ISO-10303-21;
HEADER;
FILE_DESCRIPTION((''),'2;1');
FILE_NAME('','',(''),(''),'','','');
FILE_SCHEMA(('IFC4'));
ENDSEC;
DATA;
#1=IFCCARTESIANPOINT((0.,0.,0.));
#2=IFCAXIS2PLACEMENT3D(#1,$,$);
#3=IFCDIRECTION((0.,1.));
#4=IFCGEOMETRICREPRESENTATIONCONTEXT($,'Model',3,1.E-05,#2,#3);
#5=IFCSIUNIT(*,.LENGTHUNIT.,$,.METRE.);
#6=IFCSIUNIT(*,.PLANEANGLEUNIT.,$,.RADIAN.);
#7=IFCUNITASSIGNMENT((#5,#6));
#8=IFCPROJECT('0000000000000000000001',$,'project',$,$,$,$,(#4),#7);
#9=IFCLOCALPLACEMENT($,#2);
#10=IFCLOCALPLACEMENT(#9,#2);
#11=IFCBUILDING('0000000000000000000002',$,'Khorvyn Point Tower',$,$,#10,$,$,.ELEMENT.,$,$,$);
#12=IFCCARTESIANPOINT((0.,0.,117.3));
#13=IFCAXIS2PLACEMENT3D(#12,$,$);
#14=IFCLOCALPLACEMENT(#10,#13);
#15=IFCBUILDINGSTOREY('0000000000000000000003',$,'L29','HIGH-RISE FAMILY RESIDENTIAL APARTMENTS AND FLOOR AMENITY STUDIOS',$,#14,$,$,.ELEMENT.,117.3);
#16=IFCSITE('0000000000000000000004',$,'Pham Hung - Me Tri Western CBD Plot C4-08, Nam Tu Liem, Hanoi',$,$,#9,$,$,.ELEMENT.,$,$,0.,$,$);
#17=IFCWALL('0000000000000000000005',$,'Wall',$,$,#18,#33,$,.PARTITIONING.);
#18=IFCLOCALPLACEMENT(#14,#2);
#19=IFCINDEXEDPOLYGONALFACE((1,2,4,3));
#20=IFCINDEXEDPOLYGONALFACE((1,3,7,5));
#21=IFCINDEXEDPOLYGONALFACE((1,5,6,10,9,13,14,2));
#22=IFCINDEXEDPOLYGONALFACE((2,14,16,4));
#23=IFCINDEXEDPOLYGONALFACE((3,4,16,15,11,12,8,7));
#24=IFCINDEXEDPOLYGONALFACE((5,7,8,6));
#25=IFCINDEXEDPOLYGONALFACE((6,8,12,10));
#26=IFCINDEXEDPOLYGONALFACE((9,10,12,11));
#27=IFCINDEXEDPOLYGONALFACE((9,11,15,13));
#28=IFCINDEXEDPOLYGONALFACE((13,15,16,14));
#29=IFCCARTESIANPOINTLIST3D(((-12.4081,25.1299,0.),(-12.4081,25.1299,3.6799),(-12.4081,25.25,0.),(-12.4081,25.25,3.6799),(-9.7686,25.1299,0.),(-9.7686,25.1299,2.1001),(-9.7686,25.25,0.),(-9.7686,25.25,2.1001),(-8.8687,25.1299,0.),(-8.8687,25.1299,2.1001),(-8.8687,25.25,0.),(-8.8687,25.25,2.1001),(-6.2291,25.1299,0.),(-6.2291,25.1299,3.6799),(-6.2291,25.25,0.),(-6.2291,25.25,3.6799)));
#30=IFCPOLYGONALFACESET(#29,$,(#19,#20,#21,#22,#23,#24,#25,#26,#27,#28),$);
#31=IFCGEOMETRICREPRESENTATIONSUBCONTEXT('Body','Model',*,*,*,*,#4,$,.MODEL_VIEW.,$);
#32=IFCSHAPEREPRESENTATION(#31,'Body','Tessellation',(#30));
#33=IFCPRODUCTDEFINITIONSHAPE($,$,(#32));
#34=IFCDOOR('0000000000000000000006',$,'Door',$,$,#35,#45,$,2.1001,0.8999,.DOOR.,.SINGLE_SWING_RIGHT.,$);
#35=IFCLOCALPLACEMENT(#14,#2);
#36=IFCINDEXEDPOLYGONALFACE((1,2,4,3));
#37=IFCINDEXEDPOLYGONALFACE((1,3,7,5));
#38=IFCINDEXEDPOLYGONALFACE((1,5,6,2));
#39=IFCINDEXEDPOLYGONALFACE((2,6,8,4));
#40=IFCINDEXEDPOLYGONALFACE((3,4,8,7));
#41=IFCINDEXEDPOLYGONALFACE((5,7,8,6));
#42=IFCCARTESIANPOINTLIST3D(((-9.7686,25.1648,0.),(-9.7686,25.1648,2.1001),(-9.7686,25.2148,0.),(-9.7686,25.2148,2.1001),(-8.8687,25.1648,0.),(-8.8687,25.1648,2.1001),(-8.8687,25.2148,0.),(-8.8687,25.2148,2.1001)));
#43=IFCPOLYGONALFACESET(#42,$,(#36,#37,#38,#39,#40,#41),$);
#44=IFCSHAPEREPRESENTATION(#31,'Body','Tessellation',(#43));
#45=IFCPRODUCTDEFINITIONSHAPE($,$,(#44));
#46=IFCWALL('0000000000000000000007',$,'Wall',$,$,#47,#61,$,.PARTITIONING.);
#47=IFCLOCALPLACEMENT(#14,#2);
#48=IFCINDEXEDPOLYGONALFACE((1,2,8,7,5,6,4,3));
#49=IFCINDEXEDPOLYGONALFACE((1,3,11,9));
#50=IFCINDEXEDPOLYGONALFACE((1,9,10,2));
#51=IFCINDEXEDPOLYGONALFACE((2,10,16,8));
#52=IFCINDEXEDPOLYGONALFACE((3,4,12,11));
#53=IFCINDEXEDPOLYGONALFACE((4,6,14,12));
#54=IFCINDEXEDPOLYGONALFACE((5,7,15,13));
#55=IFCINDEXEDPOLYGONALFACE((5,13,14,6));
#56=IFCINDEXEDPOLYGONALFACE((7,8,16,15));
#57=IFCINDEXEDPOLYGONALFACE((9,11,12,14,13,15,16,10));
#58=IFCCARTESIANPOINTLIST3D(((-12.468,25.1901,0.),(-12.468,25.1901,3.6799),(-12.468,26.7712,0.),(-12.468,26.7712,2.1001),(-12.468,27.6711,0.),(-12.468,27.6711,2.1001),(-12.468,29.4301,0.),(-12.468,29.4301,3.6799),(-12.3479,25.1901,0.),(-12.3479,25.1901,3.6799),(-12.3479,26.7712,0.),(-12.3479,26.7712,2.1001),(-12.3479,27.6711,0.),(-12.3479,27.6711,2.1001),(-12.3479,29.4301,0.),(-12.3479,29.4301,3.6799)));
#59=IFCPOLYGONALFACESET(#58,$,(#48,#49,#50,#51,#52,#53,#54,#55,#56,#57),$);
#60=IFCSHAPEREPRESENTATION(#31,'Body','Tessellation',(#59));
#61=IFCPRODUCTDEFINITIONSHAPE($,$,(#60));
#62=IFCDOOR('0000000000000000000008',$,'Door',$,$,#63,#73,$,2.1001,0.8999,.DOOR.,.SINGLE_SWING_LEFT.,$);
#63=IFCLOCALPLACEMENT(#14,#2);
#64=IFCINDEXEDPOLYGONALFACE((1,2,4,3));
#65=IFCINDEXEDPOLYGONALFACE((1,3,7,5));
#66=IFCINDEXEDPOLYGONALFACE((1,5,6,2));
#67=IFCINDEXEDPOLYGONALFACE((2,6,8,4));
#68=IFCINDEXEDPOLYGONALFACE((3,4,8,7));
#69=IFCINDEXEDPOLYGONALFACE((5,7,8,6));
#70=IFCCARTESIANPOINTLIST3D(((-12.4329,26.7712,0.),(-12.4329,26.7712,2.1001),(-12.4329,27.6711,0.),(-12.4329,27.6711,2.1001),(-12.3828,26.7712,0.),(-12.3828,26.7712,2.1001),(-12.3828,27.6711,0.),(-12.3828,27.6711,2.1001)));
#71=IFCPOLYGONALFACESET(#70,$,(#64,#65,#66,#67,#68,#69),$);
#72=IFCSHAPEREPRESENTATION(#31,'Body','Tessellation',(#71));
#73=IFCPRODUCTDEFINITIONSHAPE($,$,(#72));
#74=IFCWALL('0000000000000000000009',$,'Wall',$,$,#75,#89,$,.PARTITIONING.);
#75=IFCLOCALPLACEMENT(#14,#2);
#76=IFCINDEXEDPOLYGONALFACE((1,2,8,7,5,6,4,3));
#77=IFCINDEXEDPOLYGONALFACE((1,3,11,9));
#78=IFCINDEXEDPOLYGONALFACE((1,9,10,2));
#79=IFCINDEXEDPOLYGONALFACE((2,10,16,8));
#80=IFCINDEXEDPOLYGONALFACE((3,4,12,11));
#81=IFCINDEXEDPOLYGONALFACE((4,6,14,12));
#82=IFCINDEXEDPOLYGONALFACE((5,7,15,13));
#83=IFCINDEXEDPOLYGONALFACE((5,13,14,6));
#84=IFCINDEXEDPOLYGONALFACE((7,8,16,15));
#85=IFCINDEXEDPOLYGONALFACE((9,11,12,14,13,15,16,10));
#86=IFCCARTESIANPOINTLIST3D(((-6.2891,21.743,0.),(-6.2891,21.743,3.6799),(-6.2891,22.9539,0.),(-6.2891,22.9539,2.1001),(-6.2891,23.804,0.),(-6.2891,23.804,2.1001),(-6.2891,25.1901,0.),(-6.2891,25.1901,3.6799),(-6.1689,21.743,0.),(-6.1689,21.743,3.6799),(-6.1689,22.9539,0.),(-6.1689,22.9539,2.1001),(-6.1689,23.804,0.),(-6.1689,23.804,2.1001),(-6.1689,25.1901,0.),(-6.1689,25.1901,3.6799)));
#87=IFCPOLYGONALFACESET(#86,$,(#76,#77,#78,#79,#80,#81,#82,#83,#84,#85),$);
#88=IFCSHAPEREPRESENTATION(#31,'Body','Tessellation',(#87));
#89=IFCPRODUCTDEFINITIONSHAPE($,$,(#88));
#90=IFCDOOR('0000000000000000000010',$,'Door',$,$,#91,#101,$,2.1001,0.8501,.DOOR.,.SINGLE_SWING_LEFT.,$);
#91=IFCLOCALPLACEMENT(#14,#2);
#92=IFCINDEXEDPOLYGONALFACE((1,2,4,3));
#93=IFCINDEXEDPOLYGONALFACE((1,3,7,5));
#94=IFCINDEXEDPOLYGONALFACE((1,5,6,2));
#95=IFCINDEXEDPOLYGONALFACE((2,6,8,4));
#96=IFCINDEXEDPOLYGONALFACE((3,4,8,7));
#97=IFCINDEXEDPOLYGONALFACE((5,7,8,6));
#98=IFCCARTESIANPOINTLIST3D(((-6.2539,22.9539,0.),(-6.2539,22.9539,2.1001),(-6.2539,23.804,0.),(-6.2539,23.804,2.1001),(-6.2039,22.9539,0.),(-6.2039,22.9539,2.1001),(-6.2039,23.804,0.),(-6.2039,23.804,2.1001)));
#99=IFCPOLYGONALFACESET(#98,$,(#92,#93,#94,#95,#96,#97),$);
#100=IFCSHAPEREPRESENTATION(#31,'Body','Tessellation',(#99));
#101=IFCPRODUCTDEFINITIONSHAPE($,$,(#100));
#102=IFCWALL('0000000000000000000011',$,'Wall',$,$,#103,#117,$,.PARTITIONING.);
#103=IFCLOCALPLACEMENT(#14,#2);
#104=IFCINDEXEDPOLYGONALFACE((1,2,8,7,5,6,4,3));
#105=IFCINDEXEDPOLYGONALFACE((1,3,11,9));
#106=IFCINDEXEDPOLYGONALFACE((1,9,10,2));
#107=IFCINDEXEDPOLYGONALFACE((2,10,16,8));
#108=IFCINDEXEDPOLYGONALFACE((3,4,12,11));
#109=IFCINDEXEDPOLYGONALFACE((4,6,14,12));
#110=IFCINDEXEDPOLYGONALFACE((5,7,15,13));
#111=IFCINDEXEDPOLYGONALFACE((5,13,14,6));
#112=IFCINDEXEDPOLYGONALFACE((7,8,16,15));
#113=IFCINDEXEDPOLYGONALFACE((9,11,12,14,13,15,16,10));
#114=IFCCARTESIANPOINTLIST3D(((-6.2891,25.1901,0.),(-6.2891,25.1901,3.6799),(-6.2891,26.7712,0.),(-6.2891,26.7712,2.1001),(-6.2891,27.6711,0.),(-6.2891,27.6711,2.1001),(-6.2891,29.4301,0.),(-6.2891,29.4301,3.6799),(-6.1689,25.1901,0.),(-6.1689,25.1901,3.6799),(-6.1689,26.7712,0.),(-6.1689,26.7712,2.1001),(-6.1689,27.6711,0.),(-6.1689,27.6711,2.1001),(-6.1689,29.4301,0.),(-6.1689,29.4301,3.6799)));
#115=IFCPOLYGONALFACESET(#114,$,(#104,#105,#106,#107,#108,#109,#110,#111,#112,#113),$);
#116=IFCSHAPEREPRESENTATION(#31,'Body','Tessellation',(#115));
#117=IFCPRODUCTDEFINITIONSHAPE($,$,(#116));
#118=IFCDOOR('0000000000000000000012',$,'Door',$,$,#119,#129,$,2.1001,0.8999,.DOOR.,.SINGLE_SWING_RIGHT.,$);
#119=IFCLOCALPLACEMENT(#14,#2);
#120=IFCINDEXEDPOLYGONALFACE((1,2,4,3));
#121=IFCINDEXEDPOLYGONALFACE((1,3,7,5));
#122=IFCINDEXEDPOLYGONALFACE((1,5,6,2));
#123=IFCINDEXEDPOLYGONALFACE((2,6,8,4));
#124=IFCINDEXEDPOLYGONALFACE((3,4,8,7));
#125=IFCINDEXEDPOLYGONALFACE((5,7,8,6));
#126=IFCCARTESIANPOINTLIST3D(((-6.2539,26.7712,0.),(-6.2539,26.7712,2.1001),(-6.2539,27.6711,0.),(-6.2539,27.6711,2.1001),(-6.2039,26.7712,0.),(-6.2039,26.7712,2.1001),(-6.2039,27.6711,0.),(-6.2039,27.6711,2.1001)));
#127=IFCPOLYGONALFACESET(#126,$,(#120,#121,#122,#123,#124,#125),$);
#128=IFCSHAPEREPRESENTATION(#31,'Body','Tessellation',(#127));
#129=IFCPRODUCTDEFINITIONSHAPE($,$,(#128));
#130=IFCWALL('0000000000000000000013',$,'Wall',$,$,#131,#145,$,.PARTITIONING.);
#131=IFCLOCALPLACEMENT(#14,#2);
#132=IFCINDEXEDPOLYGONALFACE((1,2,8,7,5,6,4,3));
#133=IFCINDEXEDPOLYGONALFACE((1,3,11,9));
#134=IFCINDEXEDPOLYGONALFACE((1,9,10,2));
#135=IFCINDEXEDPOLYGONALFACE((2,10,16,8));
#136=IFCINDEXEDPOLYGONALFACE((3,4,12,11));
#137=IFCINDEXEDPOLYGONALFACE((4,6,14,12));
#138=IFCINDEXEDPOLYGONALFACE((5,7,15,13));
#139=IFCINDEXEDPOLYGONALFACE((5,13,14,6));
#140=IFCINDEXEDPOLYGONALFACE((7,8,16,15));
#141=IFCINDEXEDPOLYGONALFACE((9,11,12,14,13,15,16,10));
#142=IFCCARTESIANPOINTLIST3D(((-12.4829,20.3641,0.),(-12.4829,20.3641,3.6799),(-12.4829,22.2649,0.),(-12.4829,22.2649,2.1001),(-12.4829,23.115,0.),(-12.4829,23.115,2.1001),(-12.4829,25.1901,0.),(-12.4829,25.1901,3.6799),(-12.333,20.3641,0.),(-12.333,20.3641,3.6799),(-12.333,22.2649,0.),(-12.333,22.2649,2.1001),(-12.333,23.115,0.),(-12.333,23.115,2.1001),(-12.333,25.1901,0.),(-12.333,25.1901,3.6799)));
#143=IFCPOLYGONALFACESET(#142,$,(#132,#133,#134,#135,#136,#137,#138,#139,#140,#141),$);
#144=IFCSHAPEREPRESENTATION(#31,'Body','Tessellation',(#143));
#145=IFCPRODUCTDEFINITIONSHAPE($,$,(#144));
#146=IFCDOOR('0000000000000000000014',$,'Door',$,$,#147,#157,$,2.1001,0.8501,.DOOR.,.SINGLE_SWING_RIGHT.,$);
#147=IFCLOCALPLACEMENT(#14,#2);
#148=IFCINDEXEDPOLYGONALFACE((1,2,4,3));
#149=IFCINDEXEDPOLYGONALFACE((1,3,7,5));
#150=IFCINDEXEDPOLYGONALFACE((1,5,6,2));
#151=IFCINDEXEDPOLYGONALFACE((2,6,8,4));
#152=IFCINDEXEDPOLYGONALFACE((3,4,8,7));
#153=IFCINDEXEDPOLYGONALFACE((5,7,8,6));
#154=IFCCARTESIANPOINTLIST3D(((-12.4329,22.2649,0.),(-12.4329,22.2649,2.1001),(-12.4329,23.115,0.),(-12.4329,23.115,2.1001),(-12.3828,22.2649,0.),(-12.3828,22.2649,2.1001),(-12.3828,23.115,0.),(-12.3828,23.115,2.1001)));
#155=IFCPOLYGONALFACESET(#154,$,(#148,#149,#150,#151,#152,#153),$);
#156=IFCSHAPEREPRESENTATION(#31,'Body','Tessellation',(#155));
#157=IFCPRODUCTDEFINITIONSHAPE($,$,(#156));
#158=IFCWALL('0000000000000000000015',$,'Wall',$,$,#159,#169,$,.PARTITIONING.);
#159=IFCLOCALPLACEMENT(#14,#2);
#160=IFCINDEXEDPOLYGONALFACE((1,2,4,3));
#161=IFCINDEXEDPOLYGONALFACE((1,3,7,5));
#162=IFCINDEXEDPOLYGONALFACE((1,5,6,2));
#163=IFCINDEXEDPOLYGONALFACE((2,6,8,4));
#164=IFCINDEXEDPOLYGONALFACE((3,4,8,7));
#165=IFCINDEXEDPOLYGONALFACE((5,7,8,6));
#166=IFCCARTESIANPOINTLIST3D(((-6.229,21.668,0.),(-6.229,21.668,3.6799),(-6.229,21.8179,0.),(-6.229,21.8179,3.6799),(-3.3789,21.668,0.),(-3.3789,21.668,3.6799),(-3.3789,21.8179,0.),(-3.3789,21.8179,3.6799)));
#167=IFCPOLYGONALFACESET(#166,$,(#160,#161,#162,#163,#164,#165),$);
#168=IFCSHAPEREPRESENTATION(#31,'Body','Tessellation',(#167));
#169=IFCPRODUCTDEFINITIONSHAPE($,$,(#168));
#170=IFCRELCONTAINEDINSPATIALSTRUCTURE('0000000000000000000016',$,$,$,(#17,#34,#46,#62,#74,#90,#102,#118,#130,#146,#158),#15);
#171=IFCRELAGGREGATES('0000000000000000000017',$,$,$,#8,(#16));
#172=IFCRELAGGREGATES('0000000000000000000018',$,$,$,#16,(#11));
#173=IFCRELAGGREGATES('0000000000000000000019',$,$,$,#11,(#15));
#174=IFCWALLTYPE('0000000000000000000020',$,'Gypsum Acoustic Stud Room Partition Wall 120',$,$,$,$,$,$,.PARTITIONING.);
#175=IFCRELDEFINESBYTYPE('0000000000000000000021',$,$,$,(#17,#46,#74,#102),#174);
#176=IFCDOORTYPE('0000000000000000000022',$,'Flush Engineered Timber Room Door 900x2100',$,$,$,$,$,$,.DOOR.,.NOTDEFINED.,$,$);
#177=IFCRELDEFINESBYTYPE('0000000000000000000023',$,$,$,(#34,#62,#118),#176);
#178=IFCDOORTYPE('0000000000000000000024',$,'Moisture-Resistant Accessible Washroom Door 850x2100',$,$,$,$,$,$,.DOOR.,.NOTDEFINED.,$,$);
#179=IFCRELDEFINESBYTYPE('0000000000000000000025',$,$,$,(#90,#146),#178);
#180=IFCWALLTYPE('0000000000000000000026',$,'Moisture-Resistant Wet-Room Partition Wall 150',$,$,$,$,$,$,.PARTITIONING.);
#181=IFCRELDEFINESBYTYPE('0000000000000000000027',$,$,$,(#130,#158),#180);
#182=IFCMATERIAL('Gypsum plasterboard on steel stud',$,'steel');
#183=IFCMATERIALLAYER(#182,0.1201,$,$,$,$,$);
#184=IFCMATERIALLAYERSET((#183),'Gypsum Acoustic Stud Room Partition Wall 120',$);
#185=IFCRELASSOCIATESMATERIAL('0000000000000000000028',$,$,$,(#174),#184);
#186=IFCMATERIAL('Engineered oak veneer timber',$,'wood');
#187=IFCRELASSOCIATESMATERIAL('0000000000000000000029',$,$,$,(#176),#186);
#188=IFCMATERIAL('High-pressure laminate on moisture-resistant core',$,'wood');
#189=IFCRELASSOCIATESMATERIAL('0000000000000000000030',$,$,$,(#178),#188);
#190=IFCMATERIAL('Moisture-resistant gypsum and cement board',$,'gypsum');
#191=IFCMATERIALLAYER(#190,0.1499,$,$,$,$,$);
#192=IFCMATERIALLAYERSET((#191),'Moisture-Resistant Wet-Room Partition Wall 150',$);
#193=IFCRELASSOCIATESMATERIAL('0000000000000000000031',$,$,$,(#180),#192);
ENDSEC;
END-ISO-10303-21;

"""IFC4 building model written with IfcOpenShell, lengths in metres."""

from ifc_helpers import new_model, si_unit, direction, frame, frame_2d, origin, place, context, subcontext, project, spatial, rectangle, extrude, material, layer, layer_set, type_object, element, fill, save


model = new_model("IFC4")

# Units and contexts
model_context = context("Model", 3, precision=1e-05, world=origin(), true_north=direction((0.0, 1.0)))
body_context = subcontext(model_context, "Body", "Model", "MODEL_VIEW")
ifc_project = project(units=[si_unit("LENGTHUNIT", "METRE"), si_unit("PLANEANGLEUNIT", "RADIAN")], contexts=[model_context])

# Site, building, storey
site_placement = place(None, origin())
site = spatial("IfcSite", under=ifc_project, at=site_placement, Name="Pham Hung - Me Tri Western CBD Plot C4-08, Nam Tu Liem, Hanoi", CompositionType="ELEMENT", RefElevation=0.0)
building_placement = place(site_placement, origin())
building = spatial("IfcBuilding", under=site, at=building_placement, Name="Khorvyn Point Tower", CompositionType="ELEMENT")
storey_placement = place(building_placement, frame((0.0, 0.0, 117.3)))
storey = spatial("IfcBuildingStorey", under=building, at=storey_placement, Name="L29", Description="HIGH-RISE FAMILY RESIDENTIAL APARTMENTS AND FLOOR AMENITY STUDIOS", CompositionType="ELEMENT", Elevation=117.3)

# Walls, openings, doors
ifc_material_1 = material(Name="Gypsum plasterboard on steel stud", Category="steel")
ifc_layer_1 = layer(ifc_material_1, 0.1201)
ifc_layer_set_1 = layer_set([ifc_layer_1], Name="Gypsum Acoustic Stud Room Partition Wall 120")
wall_type_1 = type_object("IfcWallType", Name="Gypsum Acoustic Stud Room Partition Wall 120", PredefinedType="PARTITIONING", material=ifc_layer_set_1)
wall_1_placement = place(storey_placement, frame((-12.408, 25.1899, 0.0), z_axis=(0.0, 0.0, 1.0), x_axis=(1.0, 0.0, 0.0)))
wall_1 = element("IfcWall", 1, at=wall_1_placement, inside=storey, type_object=wall_type_1, Name="Wall", PredefinedType="PARTITIONING", context=body_context, shape_type="SweptSolid", body=[
    extrude(rectangle(XDim=6.179, YDim=0.1201, at=frame_2d((3.0894, 0.0))), origin(), (0.0, 0.0, 1.0), 3.6799),
])
opening_1_placement = place(wall_1_placement, frame((2.6394, 0.0, 0.0)))
opening_1 = element("IfcOpeningElement", 2, at=opening_1_placement, cuts=wall_1, PredefinedType="OPENING", context=body_context, shape_type="SweptSolid", body=[
    extrude(rectangle(XDim=0.8999, YDim=2.1001, at=frame_2d((0.45, 1.05))), frame((0.0, 0.0701, 0.0), z_axis=(0.0, -1.0, 0.0), x_axis=(1.0, 0.0, 0.0)), (0.0, 0.0, 1.0), 0.1401),
])
ifc_material_2 = material(Name="Engineered oak veneer timber", Category="wood")
door_type_1 = type_object("IfcDoorType", Name="Flush Engineered Timber Room Door 900x2100", OperationType="NOTDEFINED", PredefinedType="DOOR", material=ifc_material_2)
door_1_placement = place(opening_1_placement, origin())
door_1 = element("IfcDoor", 3, at=door_1_placement, inside=storey, type_object=door_type_1, Name="Door", OperationType="SINGLE_SWING_RIGHT", OverallHeight=2.1001, OverallWidth=0.8999, PredefinedType="DOOR", context=body_context, shape_type="SweptSolid", body=[
    extrude(rectangle(XDim=0.8999, YDim=2.1001, at=frame_2d((0.45, 1.05))), frame((0.0, 0.0249, 0.0), z_axis=(0.0, -1.0, 0.0), x_axis=(1.0, 0.0, 0.0)), (0.0, 0.0, 1.0), 0.05),
])
fill(opening_1, door_1)
wall_2_placement = place(storey_placement, frame((-12.408, 25.1899, 0.0), z_axis=(0.0, 0.0, 1.0), x_axis=(0.0, 1.0, 0.0)))
wall_2 = element("IfcWall", 4, at=wall_2_placement, inside=storey, type_object=wall_type_1, Name="Wall", PredefinedType="PARTITIONING", context=body_context, shape_type="SweptSolid", body=[
    extrude(rectangle(XDim=4.24, YDim=0.1201, at=frame_2d((2.1201, 0.0))), origin(), (0.0, 0.0, 1.0), 3.6799),
])
opening_2_placement = place(wall_2_placement, frame((1.5813, 0.0, 0.0)))
opening_2 = element("IfcOpeningElement", 5, at=opening_2_placement, cuts=wall_2, PredefinedType="OPENING", context=body_context, shape_type="SweptSolid", body=[
    extrude(rectangle(XDim=0.8999, YDim=2.1001, at=frame_2d((0.45, 1.05))), frame((0.0, 0.0701, 0.0), z_axis=(0.0, -1.0, 0.0), x_axis=(1.0, 0.0, 0.0)), (0.0, 0.0, 1.0), 0.1401),
])
door_2_placement = place(opening_2_placement, origin())
door_2 = element("IfcDoor", 6, at=door_2_placement, inside=storey, type_object=door_type_1, Name="Door", OperationType="SINGLE_SWING_LEFT", OverallHeight=2.1001, OverallWidth=0.8999, PredefinedType="DOOR", context=body_context, shape_type="SweptSolid", body=[
    extrude(rectangle(XDim=0.8999, YDim=2.1001, at=frame_2d((0.45, 1.05))), frame((0.0, 0.0249, 0.0), z_axis=(0.0, -1.0, 0.0), x_axis=(1.0, 0.0, 0.0)), (0.0, 0.0, 1.0), 0.05),
])
fill(opening_2, door_2)
wall_3_placement = place(storey_placement, frame((-6.229, 21.7429, 0.0), z_axis=(0.0, 0.0, 1.0), x_axis=(0.0, 1.0, 0.0)))
wall_3 = element("IfcWall", 7, at=wall_3_placement, inside=storey, type_object=wall_type_1, Name="Wall", PredefinedType="PARTITIONING", context=body_context, shape_type="SweptSolid", body=[
    extrude(rectangle(XDim=3.447, YDim=0.1201, at=frame_2d((1.7236, 0.0))), origin(), (0.0, 0.0, 1.0), 3.6799),
])
opening_3_placement = place(wall_3_placement, frame((1.2109, 0.0, 0.0)))
opening_3 = element("IfcOpeningElement", 8, at=opening_3_placement, cuts=wall_3, PredefinedType="OPENING", context=body_context, shape_type="SweptSolid", body=[
    extrude(rectangle(XDim=0.8501, YDim=2.1001, at=frame_2d((0.425, 1.05))), frame((0.0, 0.0701, 0.0), z_axis=(0.0, -1.0, 0.0), x_axis=(1.0, 0.0, 0.0)), (0.0, 0.0, 1.0), 0.1401),
])
ifc_material_3 = material(Name="High-pressure laminate on moisture-resistant core", Category="wood")
door_type_2 = type_object("IfcDoorType", Name="Moisture-Resistant Accessible Washroom Door 850x2100", OperationType="NOTDEFINED", PredefinedType="DOOR", material=ifc_material_3)
door_3_placement = place(opening_3_placement, origin())
door_3 = element("IfcDoor", 9, at=door_3_placement, inside=storey, type_object=door_type_2, Name="Door", OperationType="SINGLE_SWING_LEFT", OverallHeight=2.1001, OverallWidth=0.8501, PredefinedType="DOOR", context=body_context, shape_type="SweptSolid", body=[
    extrude(rectangle(XDim=0.8501, YDim=2.1001, at=frame_2d((0.425, 1.05))), frame((0.0, 0.0249, 0.0), z_axis=(0.0, -1.0, 0.0), x_axis=(1.0, 0.0, 0.0)), (0.0, 0.0, 1.0), 0.05),
])
fill(opening_3, door_3)
wall_4_placement = place(storey_placement, frame((-6.229, 25.1899, 0.0), z_axis=(0.0, 0.0, 1.0), x_axis=(0.0, 1.0, 0.0)))
wall_4 = element("IfcWall", 10, at=wall_4_placement, inside=storey, type_object=wall_type_1, Name="Wall", PredefinedType="PARTITIONING", context=body_context, shape_type="SweptSolid", body=[
    extrude(rectangle(XDim=4.24, YDim=0.1201, at=frame_2d((2.1201, 0.0))), origin(), (0.0, 0.0, 1.0), 3.6799),
])
opening_4_placement = place(wall_4_placement, frame((1.5813, 0.0, 0.0)))
opening_4 = element("IfcOpeningElement", 11, at=opening_4_placement, cuts=wall_4, PredefinedType="OPENING", context=body_context, shape_type="SweptSolid", body=[
    extrude(rectangle(XDim=0.8999, YDim=2.1001, at=frame_2d((0.45, 1.05))), frame((0.0, 0.0701, 0.0), z_axis=(0.0, -1.0, 0.0), x_axis=(1.0, 0.0, 0.0)), (0.0, 0.0, 1.0), 0.1401),
])
door_4_placement = place(opening_4_placement, origin())
door_4 = element("IfcDoor", 12, at=door_4_placement, inside=storey, type_object=door_type_1, Name="Door", OperationType="SINGLE_SWING_RIGHT", OverallHeight=2.1001, OverallWidth=0.8999, PredefinedType="DOOR", context=body_context, shape_type="SweptSolid", body=[
    extrude(rectangle(XDim=0.8999, YDim=2.1001, at=frame_2d((0.45, 1.05))), frame((0.0, 0.0249, 0.0), z_axis=(0.0, -1.0, 0.0), x_axis=(1.0, 0.0, 0.0)), (0.0, 0.0, 1.0), 0.05),
])
fill(opening_4, door_4)
ifc_material_4 = material(Name="Moisture-resistant gypsum and cement board", Category="gypsum")
ifc_layer_2 = layer(ifc_material_4, 0.1499)
ifc_layer_set_2 = layer_set([ifc_layer_2], Name="Moisture-Resistant Wet-Room Partition Wall 150")
wall_type_2 = type_object("IfcWallType", Name="Moisture-Resistant Wet-Room Partition Wall 150", PredefinedType="PARTITIONING", material=ifc_layer_set_2)
wall_5_placement = place(storey_placement, frame((-12.408, 20.364, 0.0), z_axis=(0.0, 0.0, 1.0), x_axis=(0.0, 1.0, 0.0)))
wall_5 = element("IfcWall", 13, at=wall_5_placement, inside=storey, type_object=wall_type_2, Name="Wall", PredefinedType="PARTITIONING", context=body_context, shape_type="SweptSolid", body=[
    extrude(rectangle(XDim=4.8259, YDim=0.1499, at=frame_2d((2.4131, 0.0))), origin(), (0.0, 0.0, 1.0), 3.6799),
])
opening_5_placement = place(wall_5_placement, frame((1.9009, 0.0, 0.0)))
opening_5 = element("IfcOpeningElement", 14, at=opening_5_placement, cuts=wall_5, PredefinedType="OPENING", context=body_context, shape_type="SweptSolid", body=[
    extrude(rectangle(XDim=0.8501, YDim=2.1001, at=frame_2d((0.425, 1.05))), frame((0.0, 0.085, 0.0), z_axis=(0.0, -1.0, 0.0), x_axis=(1.0, 0.0, 0.0)), (0.0, 0.0, 1.0), 0.1699),
])
door_5_placement = place(opening_5_placement, origin())
door_5 = element("IfcDoor", 15, at=door_5_placement, inside=storey, type_object=door_type_2, Name="Door", OperationType="SINGLE_SWING_RIGHT", OverallHeight=2.1001, OverallWidth=0.8501, PredefinedType="DOOR", context=body_context, shape_type="SweptSolid", body=[
    extrude(rectangle(XDim=0.8501, YDim=2.1001, at=frame_2d((0.425, 1.05))), frame((0.0, 0.0249, 0.0), z_axis=(0.0, -1.0, 0.0), x_axis=(1.0, 0.0, 0.0)), (0.0, 0.0, 1.0), 0.05),
])
fill(opening_5, door_5)

# Wall
for number, where, z_axis, x_axis, name in (
    (16, (-6.229, 21.7429, 0.0), (0.0, 0.0, 1.0), (1.0, 0.0, 0.0), "Wall"),
):
    element("IfcWall", number, at=place(storey_placement, frame(where, z_axis=z_axis, x_axis=x_axis)), inside=storey, type_object=wall_type_2, Name=name, PredefinedType="PARTITIONING", context=body_context, shape_type="SweptSolid", body=[
        extrude(rectangle(XDim=2.8501, YDim=0.1499, at=frame_2d((1.425, 0.0))), origin(), (0.0, 0.0, 1.0), 3.6799),
    ])

save(model, "model.ifc")
